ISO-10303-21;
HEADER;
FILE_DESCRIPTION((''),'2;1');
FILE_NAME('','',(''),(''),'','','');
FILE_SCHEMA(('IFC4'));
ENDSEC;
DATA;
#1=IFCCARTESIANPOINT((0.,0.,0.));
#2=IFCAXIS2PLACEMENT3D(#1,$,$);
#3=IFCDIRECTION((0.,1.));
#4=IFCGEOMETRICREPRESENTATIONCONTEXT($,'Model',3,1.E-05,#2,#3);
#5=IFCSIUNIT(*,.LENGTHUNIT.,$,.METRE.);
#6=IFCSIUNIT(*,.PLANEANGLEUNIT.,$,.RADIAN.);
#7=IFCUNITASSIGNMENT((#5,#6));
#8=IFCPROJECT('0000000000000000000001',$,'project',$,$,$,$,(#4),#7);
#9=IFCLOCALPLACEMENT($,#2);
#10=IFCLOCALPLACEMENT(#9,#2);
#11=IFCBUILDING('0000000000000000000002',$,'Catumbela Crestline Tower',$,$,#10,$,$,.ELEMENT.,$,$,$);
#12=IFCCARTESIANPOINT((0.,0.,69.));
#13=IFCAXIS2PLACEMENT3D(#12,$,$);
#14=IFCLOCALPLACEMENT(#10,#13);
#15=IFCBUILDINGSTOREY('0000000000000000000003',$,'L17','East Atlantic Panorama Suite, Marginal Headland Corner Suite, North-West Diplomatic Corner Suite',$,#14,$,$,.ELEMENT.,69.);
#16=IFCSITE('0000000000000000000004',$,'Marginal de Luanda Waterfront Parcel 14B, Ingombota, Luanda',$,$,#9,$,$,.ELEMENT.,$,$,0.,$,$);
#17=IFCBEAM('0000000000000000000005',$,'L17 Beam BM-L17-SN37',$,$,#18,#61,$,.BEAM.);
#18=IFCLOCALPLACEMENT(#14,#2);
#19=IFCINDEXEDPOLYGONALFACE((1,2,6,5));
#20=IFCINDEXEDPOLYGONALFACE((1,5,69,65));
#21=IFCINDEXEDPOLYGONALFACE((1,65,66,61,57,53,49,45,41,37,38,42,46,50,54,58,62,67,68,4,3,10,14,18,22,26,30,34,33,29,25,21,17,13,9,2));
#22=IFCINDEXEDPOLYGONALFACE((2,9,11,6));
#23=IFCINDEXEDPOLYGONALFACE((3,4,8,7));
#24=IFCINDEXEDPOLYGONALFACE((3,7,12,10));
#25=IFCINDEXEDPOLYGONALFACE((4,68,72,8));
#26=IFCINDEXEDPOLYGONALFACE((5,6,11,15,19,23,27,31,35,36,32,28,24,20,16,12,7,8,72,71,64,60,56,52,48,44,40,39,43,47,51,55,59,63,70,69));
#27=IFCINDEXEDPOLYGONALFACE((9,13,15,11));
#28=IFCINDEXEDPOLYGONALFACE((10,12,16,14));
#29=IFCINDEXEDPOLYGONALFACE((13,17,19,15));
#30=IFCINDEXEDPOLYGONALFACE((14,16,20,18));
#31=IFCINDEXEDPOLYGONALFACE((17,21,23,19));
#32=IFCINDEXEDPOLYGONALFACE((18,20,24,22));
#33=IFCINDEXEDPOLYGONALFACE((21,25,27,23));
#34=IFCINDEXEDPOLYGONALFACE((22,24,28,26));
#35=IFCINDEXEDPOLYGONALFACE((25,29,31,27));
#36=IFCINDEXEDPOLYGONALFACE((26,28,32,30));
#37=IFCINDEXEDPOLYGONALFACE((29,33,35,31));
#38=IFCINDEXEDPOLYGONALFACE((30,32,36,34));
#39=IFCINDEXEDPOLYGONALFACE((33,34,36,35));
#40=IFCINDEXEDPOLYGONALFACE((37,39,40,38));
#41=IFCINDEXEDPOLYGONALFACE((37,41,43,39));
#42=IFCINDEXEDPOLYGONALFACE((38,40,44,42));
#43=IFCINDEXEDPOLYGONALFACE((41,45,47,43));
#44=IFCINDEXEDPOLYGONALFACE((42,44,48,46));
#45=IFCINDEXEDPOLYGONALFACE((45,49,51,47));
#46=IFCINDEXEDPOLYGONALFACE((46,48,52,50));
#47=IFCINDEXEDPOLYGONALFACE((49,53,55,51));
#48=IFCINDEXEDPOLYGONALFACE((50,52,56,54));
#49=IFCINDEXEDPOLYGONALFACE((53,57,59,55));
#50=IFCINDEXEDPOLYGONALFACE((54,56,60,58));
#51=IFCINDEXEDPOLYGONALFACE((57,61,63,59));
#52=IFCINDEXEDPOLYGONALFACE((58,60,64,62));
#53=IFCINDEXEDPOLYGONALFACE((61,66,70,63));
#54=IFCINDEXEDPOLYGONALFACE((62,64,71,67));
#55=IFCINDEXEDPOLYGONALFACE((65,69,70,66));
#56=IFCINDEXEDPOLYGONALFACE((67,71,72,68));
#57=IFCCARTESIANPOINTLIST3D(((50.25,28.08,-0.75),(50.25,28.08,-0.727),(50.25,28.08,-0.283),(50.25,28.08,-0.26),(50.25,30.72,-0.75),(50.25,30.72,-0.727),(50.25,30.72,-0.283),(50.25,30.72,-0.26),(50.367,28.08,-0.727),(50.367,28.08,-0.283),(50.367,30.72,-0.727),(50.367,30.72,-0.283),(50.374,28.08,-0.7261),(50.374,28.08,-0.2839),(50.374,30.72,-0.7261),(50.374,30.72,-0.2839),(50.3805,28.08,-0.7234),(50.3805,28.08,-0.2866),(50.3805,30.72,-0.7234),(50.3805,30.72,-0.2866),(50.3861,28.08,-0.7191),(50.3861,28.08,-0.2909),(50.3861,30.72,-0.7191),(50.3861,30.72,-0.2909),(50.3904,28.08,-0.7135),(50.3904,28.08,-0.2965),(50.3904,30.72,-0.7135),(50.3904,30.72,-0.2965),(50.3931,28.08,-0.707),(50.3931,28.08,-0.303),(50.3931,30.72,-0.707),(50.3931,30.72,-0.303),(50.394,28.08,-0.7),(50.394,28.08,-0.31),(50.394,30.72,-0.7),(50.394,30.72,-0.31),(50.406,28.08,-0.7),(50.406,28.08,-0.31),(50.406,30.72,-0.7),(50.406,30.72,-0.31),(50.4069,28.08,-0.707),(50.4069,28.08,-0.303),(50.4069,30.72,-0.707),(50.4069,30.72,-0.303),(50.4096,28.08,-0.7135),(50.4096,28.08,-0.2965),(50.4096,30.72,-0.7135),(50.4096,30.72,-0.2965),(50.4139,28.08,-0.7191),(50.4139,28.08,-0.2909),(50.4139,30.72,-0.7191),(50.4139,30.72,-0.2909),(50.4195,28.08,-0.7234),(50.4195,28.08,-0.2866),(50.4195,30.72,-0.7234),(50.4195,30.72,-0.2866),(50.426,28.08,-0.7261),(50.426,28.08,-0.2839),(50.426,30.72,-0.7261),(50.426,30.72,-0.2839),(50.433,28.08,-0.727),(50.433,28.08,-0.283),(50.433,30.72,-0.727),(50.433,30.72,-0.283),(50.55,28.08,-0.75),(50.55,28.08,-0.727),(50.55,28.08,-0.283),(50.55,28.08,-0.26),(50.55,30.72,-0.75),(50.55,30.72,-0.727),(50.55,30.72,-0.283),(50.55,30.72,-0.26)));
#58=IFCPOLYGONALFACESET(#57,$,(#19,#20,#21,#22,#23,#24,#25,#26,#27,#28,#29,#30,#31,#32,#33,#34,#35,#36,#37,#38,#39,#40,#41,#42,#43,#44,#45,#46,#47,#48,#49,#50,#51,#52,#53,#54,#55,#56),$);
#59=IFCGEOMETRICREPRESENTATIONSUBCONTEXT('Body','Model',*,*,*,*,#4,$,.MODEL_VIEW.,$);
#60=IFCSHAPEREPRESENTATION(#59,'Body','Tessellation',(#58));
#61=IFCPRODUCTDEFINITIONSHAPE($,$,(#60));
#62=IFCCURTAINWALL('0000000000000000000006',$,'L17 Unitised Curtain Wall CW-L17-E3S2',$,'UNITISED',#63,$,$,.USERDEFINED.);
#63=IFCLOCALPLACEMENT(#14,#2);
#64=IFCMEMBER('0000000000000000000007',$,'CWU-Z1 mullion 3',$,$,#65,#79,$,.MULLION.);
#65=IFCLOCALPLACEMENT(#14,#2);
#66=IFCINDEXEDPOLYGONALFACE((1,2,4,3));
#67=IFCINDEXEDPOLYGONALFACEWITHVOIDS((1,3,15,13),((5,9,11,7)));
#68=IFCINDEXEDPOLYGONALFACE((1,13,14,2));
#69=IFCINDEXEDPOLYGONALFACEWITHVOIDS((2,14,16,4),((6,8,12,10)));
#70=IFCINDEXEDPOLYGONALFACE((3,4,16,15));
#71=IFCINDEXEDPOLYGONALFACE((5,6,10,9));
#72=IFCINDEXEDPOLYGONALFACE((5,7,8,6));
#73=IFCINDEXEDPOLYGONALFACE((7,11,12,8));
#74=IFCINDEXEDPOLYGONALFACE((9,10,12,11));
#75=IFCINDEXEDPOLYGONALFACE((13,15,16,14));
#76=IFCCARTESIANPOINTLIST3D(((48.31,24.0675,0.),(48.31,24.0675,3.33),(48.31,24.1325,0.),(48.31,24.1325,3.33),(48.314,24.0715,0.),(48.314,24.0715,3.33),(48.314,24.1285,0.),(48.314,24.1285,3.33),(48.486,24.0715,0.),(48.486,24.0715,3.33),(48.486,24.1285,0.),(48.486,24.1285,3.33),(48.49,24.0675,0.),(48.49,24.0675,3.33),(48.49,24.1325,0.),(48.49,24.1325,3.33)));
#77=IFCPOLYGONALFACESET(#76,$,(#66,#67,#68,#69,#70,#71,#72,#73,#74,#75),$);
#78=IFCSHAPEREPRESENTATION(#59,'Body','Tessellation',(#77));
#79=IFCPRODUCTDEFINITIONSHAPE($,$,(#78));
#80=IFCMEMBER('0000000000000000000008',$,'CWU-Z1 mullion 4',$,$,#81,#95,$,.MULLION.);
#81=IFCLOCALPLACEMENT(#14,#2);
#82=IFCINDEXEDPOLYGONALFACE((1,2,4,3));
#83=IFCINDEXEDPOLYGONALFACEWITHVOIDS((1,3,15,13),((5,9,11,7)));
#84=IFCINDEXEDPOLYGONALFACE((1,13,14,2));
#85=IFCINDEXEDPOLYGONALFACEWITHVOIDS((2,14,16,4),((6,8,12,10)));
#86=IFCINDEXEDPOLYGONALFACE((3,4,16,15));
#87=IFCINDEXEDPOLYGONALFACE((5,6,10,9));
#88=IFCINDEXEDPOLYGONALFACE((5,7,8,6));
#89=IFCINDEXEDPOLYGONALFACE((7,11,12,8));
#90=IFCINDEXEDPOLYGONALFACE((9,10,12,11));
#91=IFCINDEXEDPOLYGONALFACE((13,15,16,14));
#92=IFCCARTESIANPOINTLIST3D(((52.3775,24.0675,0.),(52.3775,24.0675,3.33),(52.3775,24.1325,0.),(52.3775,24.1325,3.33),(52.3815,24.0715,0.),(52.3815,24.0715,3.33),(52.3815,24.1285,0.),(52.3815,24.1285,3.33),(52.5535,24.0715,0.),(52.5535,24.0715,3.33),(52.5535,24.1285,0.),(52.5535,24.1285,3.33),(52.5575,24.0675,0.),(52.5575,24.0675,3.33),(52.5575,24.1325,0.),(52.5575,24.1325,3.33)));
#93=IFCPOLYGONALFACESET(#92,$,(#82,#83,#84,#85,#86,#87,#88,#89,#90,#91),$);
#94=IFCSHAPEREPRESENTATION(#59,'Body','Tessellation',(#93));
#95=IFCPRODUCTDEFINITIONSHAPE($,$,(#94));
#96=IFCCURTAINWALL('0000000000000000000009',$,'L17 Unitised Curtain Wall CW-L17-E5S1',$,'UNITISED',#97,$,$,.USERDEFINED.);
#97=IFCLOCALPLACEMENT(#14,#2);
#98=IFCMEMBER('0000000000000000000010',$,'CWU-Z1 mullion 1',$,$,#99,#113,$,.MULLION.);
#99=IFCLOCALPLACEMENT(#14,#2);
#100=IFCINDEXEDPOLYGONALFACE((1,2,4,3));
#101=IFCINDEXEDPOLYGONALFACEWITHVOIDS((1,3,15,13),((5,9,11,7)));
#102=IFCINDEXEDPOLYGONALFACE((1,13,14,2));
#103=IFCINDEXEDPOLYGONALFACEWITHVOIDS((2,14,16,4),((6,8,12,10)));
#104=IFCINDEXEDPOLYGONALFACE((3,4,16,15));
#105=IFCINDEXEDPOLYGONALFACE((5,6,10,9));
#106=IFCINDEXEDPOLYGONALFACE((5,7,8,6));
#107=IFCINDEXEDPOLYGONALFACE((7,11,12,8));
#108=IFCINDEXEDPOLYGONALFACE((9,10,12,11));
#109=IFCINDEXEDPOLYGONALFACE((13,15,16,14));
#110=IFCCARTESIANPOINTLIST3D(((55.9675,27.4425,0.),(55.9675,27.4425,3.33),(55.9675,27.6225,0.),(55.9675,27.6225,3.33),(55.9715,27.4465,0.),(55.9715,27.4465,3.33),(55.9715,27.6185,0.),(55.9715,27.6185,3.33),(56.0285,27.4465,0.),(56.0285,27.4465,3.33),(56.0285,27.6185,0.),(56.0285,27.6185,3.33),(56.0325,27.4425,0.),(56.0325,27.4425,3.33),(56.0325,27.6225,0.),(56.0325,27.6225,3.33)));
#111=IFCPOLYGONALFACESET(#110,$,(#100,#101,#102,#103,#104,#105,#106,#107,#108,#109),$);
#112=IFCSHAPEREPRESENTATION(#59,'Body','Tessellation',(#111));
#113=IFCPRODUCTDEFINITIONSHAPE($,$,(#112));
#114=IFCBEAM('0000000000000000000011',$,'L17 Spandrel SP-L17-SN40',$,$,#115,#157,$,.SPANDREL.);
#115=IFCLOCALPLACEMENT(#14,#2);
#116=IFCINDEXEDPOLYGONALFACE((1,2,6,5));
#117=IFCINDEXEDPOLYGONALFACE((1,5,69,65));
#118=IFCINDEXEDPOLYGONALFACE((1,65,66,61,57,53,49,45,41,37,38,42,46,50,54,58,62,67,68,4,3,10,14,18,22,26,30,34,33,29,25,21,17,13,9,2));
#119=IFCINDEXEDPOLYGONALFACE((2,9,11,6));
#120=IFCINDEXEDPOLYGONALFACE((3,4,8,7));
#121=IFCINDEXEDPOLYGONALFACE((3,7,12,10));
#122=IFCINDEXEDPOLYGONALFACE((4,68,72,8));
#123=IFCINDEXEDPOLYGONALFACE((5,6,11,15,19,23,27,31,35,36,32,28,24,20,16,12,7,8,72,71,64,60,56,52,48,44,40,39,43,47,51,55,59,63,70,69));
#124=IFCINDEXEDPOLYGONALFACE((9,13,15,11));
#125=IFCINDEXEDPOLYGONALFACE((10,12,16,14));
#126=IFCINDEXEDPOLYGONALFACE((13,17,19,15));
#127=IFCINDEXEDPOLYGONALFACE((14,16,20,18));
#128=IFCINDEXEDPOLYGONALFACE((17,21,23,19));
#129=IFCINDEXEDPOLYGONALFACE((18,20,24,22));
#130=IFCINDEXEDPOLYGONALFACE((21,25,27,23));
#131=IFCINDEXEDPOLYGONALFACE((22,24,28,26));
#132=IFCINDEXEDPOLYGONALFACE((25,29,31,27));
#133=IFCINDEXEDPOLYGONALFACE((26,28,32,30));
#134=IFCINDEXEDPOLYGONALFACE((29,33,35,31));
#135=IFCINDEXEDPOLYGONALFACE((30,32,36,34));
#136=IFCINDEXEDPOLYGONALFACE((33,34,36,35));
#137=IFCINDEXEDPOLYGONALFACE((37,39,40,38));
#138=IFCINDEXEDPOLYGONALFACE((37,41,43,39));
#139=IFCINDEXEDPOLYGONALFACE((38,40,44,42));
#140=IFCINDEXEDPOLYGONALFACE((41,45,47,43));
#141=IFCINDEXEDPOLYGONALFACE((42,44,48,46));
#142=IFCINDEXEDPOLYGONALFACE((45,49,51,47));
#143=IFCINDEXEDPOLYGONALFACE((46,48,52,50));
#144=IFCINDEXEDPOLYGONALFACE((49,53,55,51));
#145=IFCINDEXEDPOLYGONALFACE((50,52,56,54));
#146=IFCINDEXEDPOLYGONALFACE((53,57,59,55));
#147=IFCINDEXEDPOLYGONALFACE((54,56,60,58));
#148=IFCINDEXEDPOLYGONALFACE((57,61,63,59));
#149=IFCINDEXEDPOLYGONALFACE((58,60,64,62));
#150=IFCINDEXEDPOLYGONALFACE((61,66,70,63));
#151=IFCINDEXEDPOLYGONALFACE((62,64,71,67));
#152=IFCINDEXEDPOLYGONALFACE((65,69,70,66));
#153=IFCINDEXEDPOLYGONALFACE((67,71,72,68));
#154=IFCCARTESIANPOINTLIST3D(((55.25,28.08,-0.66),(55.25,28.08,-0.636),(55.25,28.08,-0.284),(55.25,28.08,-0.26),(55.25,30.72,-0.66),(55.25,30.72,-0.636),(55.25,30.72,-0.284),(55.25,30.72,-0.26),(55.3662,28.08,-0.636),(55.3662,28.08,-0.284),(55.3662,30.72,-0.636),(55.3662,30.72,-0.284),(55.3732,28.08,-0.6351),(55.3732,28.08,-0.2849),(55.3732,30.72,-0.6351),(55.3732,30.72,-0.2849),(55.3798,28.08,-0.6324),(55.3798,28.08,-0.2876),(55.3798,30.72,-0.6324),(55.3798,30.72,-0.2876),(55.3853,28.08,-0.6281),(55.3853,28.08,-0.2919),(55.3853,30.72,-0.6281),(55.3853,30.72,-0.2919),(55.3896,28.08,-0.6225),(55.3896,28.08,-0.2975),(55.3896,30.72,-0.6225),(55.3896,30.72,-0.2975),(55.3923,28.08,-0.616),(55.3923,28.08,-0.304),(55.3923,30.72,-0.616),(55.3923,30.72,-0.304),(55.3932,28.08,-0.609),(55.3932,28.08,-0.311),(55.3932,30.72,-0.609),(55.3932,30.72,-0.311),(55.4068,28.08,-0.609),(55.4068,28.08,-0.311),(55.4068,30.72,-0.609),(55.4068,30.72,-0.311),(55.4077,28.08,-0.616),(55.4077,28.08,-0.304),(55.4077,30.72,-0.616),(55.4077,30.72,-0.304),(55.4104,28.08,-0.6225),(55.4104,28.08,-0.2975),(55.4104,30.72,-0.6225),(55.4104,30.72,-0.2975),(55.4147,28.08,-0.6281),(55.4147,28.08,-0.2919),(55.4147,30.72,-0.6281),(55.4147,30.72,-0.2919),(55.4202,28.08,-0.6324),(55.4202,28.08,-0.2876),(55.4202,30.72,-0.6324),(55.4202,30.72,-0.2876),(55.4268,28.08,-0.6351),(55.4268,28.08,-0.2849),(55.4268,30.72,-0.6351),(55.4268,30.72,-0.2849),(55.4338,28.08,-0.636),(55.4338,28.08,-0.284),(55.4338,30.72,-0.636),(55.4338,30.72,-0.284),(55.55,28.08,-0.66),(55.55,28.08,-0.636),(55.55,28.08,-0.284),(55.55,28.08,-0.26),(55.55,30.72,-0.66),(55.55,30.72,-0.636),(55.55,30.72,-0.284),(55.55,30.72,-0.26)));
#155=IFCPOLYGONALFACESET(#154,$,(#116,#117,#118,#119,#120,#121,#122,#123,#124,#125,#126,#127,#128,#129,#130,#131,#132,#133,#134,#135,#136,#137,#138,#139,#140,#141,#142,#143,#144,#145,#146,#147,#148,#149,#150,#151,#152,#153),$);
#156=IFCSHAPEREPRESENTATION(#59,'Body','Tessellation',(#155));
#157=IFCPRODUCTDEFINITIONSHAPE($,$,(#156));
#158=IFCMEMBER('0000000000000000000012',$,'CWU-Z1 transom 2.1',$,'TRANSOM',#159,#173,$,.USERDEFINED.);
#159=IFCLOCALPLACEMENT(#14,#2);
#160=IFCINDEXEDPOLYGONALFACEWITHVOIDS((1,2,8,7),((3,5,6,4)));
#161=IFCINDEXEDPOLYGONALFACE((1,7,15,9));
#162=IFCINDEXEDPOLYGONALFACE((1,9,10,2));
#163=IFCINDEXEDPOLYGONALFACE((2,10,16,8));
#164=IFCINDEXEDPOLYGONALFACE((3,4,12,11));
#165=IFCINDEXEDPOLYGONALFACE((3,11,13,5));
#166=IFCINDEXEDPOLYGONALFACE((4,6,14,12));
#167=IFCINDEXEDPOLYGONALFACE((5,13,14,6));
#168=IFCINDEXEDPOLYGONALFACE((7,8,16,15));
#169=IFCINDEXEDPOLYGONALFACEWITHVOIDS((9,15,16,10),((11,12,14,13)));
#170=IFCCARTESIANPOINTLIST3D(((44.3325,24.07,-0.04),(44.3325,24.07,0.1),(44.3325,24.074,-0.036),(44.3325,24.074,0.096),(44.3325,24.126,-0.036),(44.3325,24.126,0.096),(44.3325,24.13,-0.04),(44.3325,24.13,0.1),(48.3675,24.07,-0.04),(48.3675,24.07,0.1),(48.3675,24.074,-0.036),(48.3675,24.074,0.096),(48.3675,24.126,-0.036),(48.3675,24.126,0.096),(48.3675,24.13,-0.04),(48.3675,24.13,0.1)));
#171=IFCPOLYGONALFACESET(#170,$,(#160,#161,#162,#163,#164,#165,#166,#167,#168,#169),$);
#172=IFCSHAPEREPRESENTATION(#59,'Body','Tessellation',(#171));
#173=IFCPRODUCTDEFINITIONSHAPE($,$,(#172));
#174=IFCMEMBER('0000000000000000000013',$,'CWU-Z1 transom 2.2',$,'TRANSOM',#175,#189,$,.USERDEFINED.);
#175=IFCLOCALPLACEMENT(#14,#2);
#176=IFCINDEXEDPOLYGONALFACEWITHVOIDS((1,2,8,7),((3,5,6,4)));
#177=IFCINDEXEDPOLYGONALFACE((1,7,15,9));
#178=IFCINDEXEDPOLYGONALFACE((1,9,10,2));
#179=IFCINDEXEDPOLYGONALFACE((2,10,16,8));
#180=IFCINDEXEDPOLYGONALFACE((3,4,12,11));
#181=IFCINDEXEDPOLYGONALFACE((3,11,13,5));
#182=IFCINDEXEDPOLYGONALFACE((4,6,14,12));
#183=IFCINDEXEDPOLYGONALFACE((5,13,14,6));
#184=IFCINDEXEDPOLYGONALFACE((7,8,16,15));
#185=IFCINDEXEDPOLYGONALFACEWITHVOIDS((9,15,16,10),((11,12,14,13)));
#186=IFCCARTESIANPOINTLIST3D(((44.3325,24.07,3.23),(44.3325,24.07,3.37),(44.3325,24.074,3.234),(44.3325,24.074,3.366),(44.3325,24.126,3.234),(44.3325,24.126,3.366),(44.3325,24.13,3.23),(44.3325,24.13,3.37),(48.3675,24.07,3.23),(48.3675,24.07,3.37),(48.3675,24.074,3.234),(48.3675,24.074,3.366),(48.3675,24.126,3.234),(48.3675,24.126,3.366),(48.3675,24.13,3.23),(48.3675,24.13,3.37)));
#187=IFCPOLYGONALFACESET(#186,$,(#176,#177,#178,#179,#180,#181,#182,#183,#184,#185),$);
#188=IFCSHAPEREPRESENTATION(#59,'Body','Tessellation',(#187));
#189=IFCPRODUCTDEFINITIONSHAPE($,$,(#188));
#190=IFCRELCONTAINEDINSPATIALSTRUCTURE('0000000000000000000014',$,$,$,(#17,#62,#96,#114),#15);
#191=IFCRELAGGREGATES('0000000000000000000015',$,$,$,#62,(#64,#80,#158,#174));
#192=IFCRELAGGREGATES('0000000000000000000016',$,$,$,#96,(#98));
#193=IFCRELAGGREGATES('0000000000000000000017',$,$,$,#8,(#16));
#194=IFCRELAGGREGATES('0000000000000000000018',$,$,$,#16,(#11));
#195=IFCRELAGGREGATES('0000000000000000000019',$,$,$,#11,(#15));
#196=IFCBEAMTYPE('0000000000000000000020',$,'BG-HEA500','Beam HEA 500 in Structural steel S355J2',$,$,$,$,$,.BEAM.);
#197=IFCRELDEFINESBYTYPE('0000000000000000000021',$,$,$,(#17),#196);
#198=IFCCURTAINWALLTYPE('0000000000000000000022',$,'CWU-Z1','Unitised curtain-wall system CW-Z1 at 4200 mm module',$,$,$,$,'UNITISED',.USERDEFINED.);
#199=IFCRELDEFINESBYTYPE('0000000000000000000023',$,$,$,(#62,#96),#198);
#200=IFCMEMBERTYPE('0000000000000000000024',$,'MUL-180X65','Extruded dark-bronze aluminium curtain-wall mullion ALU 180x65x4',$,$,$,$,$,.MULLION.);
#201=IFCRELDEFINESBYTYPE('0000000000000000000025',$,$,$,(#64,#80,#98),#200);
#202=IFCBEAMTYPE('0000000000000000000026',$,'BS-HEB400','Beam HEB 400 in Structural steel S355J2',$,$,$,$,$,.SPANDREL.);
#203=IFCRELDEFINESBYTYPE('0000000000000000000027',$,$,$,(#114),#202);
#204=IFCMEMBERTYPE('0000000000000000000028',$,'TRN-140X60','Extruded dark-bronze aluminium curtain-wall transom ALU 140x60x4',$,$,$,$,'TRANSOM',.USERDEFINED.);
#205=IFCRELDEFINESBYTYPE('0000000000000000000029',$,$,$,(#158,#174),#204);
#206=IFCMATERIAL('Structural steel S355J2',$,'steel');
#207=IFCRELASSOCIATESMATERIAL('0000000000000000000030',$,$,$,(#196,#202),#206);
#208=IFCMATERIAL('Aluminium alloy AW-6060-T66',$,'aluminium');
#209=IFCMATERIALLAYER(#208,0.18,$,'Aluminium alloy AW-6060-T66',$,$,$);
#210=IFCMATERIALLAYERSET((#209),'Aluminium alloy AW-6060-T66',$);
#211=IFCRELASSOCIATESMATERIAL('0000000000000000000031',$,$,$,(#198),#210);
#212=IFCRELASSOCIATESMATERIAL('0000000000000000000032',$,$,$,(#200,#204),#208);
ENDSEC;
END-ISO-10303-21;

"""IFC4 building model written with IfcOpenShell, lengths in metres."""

from ifc_helpers import new_model, si_unit, direction, frame, origin, origin_2d, place, context, subcontext, project, spatial, hollow_rectangle, i_section, extrude, material, layer, layer_set, material_profile, profile_set, type_object, element, aggregate, save


model = new_model("IFC4")

# Units and contexts
model_context = context("Model", 3, precision=1e-05, world=origin(), true_north=direction((0.0, 1.0)))
body_context = subcontext(model_context, "Body", "Model", "MODEL_VIEW")
ifc_project = project(units=[si_unit("LENGTHUNIT", "METRE"), si_unit("PLANEANGLEUNIT", "RADIAN")], contexts=[model_context])

# Site, building, storey
site_placement = place(None, origin())
site = spatial("IfcSite", under=ifc_project, at=site_placement, Name="Marginal de Luanda Waterfront Parcel 14B, Ingombota, Luanda", CompositionType="ELEMENT", RefElevation=0.0)
building_placement = place(site_placement, origin())
building = spatial("IfcBuilding", under=site, at=building_placement, Name="Catumbela Crestline Tower", CompositionType="ELEMENT")
storey_placement = place(building_placement, frame((0.0, 0.0, 69.0)))
storey = spatial("IfcBuildingStorey", under=building, at=storey_placement, Name="L17", Description="East Atlantic Panorama Suite, Marginal Headland Corner Suite, North-West Diplomatic Corner Suite", CompositionType="ELEMENT", Elevation=69.0)

# Beam
ifc_material_1 = material(Name="Structural steel S355J2", Category="steel")
ifc_material_profile_1 = material_profile(ifc_material_1, i_section(OverallWidth=0.3, OverallDepth=0.49, WebThickness=0.012, FlangeThickness=0.023, FilletRadius=0.027, at=origin_2d()), Name="HEA 500")
ifc_profile_set_1 = profile_set([ifc_material_profile_1], Name="Structural steel S355J2")
beam_type_1 = type_object("IfcBeamType", Name="BG-HEA500", Description="Beam HEA 500 in Structural steel S355J2", PredefinedType="BEAM", material=ifc_profile_set_1)
beam_1_placement = place(storey_placement, frame((50.4, 28.08, -0.505), z_axis=(0.0, 1.0, 0.0), x_axis=(-1.0, 0.0, 0.0)))
element("IfcBeam", 1, at=beam_1_placement, inside=storey, type_object=beam_type_1, Name="L17 Beam BM-L17-SN37", PredefinedType="BEAM", context=body_context, shape_type="SweptSolid", body=[
    extrude(i_section(OverallWidth=0.3, OverallDepth=0.49, WebThickness=0.012, FlangeThickness=0.023, FilletRadius=0.027, at=origin_2d()), origin(), (0.0, 0.0, 1.0), 2.64),
])

# Curtain wall, members
ifc_material_2 = material(Name="Aluminium alloy AW-6060-T66", Category="aluminium")
ifc_layer_1 = layer(ifc_material_2, 0.18, Name="Aluminium alloy AW-6060-T66")
ifc_layer_set_1 = layer_set([ifc_layer_1], Name="Aluminium alloy AW-6060-T66")
curtain_wall_type = type_object("IfcCurtainWallType", Name="CWU-Z1", Description="Unitised curtain-wall system CW-Z1 at 4200 mm module", ElementType="UNITISED", PredefinedType="USERDEFINED", material=ifc_layer_set_1)
curtain_wall_1_placement = place(storey_placement, origin())
curtain_wall_1 = element("IfcCurtainWall", 2, at=curtain_wall_1_placement, inside=storey, type_object=curtain_wall_type, Name="L17 Unitised Curtain Wall CW-L17-E3S2", ObjectType="UNITISED", PredefinedType="USERDEFINED")
ifc_material_profile_2 = material_profile(ifc_material_2, hollow_rectangle(XDim=0.065, YDim=0.18, WallThickness=0.004, at=origin_2d()), Name="ALU 180x65x4")
ifc_profile_set_2 = profile_set([ifc_material_profile_2], Name="Aluminium alloy AW-6060-T66")
member_type_1 = type_object("IfcMemberType", Name="MUL-180X65", Description="Extruded dark-bronze aluminium curtain-wall mullion ALU 180x65x4", PredefinedType="MULLION", material=ifc_profile_set_2)
member_1_placement = place(storey_placement, frame((48.4, 24.1, 0.0), z_axis=(0.0, 0.0, 1.0), x_axis=(0.0, 1.0, 0.0)))
member_1 = element("IfcMember", 3, at=member_1_placement, type_object=member_type_1, Name="CWU-Z1 mullion 3", PredefinedType="MULLION", context=body_context, shape_type="SweptSolid", body=[
    extrude(hollow_rectangle(XDim=0.065, YDim=0.18, WallThickness=0.004, at=origin_2d()), origin(), (0.0, 0.0, 1.0), 3.33),
])
member_2_placement = place(storey_placement, frame((52.4675, 24.1, 0.0), z_axis=(0.0, 0.0, 1.0), x_axis=(0.0, 1.0, 0.0)))
member_2 = element("IfcMember", 4, at=member_2_placement, type_object=member_type_1, Name="CWU-Z1 mullion 4", PredefinedType="MULLION", context=body_context, shape_type="SweptSolid", body=[
    extrude(hollow_rectangle(XDim=0.065, YDim=0.18, WallThickness=0.004, at=origin_2d()), origin(), (0.0, 0.0, 1.0), 3.33),
])

# Curtain wall, member
curtain_wall_2_placement = place(storey_placement, origin())
curtain_wall_2 = element("IfcCurtainWall", 5, at=curtain_wall_2_placement, inside=storey, type_object=curtain_wall_type, Name="L17 Unitised Curtain Wall CW-L17-E5S1", ObjectType="UNITISED", PredefinedType="USERDEFINED")
member_3_placement = place(storey_placement, frame((56.0, 27.5325, 0.0), z_axis=(0.0, 0.0, 1.0), x_axis=(-1.0, 0.0, 0.0)))
member_3 = element("IfcMember", 6, at=member_3_placement, type_object=member_type_1, Name="CWU-Z1 mullion 1", PredefinedType="MULLION", context=body_context, shape_type="SweptSolid", body=[
    extrude(hollow_rectangle(XDim=0.065, YDim=0.18, WallThickness=0.004, at=origin_2d()), origin(), (0.0, 0.0, 1.0), 3.33),
])

# Beam
ifc_material_profile_3 = material_profile(ifc_material_1, i_section(OverallWidth=0.3, OverallDepth=0.4, WebThickness=0.0135, FlangeThickness=0.024, FilletRadius=0.027, at=origin_2d()), Name="HEB 400")
ifc_profile_set_3 = profile_set([ifc_material_profile_3], Name="Structural steel S355J2")
beam_type_2 = type_object("IfcBeamType", Name="BS-HEB400", Description="Beam HEB 400 in Structural steel S355J2", PredefinedType="SPANDREL", material=ifc_profile_set_3)
beam_2_placement = place(storey_placement, frame((55.4, 28.08, -0.46), z_axis=(0.0, 1.0, 0.0), x_axis=(-1.0, 0.0, 0.0)))
element("IfcBeam", 7, at=beam_2_placement, inside=storey, type_object=beam_type_2, Name="L17 Spandrel SP-L17-SN40", PredefinedType="SPANDREL", context=body_context, shape_type="SweptSolid", body=[
    extrude(i_section(OverallWidth=0.3, OverallDepth=0.4, WebThickness=0.0135, FlangeThickness=0.024, FilletRadius=0.027, at=origin_2d()), origin(), (0.0, 0.0, 1.0), 2.64),
])

# Members
ifc_material_profile_4 = material_profile(ifc_material_2, hollow_rectangle(XDim=0.06, YDim=0.14, WallThickness=0.004, at=origin_2d()), Name="ALU 140x60x4")
ifc_profile_set_4 = profile_set([ifc_material_profile_4], Name="Aluminium alloy AW-6060-T66")
member_type_2 = type_object("IfcMemberType", Name="TRN-140X60", Description="Extruded dark-bronze aluminium curtain-wall transom ALU 140x60x4", ElementType="TRANSOM", PredefinedType="USERDEFINED", material=ifc_profile_set_4)
member_4_placement = place(storey_placement, frame((44.3325, 24.1, 0.03), z_axis=(1.0, 0.0, 0.0), x_axis=(0.0, 1.0, 0.0)))
member_4 = element("IfcMember", 8, at=member_4_placement, type_object=member_type_2, Name="CWU-Z1 transom 2.1", ObjectType="TRANSOM", PredefinedType="USERDEFINED", context=body_context, shape_type="SweptSolid", body=[
    extrude(hollow_rectangle(XDim=0.06, YDim=0.14, WallThickness=0.004, at=origin_2d()), origin(), (0.0, 0.0, 1.0), 4.035),
])
member_5_placement = place(storey_placement, frame((44.3325, 24.1, 3.3), z_axis=(1.0, 0.0, 0.0), x_axis=(0.0, 1.0, 0.0)))
member_5 = element("IfcMember", 9, at=member_5_placement, type_object=member_type_2, Name="CWU-Z1 transom 2.2", ObjectType="TRANSOM", PredefinedType="USERDEFINED", context=body_context, shape_type="SweptSolid", body=[
    extrude(hollow_rectangle(XDim=0.06, YDim=0.14, WallThickness=0.004, at=origin_2d()), origin(), (0.0, 0.0, 1.0), 4.035),
])

aggregate(curtain_wall_1, [member_1, member_2, member_4, member_5])
aggregate(curtain_wall_2, [member_3])

save(model, "model.ifc")
